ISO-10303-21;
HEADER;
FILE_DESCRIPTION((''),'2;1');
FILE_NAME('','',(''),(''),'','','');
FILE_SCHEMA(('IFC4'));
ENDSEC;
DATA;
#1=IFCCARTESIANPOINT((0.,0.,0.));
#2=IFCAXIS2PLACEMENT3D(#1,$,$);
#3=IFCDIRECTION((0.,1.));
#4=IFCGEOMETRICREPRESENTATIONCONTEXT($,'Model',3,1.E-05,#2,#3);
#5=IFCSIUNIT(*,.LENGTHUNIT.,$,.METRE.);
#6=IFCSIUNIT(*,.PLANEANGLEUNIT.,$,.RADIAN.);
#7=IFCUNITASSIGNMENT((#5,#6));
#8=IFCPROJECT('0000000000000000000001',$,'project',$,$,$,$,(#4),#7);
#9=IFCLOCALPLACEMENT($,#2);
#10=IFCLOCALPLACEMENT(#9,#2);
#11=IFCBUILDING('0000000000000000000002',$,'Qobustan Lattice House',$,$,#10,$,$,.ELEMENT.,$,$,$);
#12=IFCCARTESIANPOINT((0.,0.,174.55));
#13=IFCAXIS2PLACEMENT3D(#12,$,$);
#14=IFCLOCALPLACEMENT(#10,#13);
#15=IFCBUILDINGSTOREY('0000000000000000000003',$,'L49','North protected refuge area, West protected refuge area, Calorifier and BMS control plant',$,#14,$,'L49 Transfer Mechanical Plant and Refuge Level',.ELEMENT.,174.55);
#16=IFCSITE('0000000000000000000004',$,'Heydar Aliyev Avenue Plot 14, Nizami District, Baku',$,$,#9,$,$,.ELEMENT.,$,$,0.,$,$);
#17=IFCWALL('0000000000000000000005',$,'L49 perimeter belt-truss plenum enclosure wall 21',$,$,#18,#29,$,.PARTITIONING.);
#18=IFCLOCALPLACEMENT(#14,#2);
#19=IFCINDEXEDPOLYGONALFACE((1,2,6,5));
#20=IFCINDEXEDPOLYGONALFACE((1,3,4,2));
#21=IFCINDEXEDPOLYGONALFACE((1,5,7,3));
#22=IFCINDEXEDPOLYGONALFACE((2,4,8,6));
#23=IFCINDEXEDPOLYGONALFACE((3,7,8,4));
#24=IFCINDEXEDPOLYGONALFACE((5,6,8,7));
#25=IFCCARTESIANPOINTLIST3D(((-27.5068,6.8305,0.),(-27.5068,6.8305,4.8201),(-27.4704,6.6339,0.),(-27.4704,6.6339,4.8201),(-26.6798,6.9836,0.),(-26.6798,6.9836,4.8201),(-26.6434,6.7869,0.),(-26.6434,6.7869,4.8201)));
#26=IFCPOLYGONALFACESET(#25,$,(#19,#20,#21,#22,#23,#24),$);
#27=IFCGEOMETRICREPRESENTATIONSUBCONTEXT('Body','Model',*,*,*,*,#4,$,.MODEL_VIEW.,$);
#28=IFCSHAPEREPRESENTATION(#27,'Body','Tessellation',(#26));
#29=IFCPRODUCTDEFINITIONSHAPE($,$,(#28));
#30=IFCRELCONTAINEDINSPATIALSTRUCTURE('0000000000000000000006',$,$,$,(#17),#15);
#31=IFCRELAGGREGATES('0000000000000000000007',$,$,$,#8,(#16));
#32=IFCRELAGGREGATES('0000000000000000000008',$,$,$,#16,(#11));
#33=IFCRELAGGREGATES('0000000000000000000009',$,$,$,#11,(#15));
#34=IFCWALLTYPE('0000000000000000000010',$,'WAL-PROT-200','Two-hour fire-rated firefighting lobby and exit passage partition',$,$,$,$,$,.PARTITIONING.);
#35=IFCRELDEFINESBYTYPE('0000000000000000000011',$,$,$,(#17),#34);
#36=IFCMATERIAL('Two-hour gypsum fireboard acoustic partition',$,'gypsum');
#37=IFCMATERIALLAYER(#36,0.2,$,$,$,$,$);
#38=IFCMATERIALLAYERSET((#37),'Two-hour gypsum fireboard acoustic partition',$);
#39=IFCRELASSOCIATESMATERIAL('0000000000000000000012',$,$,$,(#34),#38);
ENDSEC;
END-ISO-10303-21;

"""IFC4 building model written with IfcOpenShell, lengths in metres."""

from ifc_helpers import new_model, si_unit, direction, frame, frame_2d, origin, place, context, subcontext, project, spatial, rectangle, extrude, material, layer, layer_set, type_object, element, save


model = new_model("IFC4")

# Units and contexts
model_context = context("Model", 3, precision=1e-05, world=origin(), true_north=direction((0.0, 1.0)))
body_context = subcontext(model_context, "Body", "Model", "MODEL_VIEW")
ifc_project = project(units=[si_unit("LENGTHUNIT", "METRE"), si_unit("PLANEANGLEUNIT", "RADIAN")], contexts=[model_context])

# Site, building, storey
site_placement = place(None, origin())
site = spatial("IfcSite", under=ifc_project, at=site_placement, Name="Heydar Aliyev Avenue Plot 14, Nizami District, Baku", CompositionType="ELEMENT", RefElevation=0.0)
building_placement = place(site_placement, origin())
building = spatial("IfcBuilding", under=site, at=building_placement, Name="Qobustan Lattice House", CompositionType="ELEMENT")
storey_placement = place(building_placement, frame((0.0, 0.0, 174.55)))
storey = spatial("IfcBuildingStorey", under=building, at=storey_placement, Name="L49", Description="North protected refuge area, West protected refuge area, Calorifier and BMS control plant", LongName="L49 Transfer Mechanical Plant and Refuge Level", CompositionType="ELEMENT", Elevation=174.55)

# Wall
ifc_material_1 = material(Name="Two-hour gypsum fireboard acoustic partition", Category="gypsum")
ifc_layer_1 = layer(ifc_material_1, 0.2)
ifc_layer_set_1 = layer_set([ifc_layer_1], Name="Two-hour gypsum fireboard acoustic partition")
wall_type_1 = type_object("IfcWallType", Name="WAL-PROT-200", Description="Two-hour fire-rated firefighting lobby and exit passage partition", PredefinedType="PARTITIONING", material=ifc_layer_set_1)
wall_1_placement = place(storey_placement, frame((-27.4885, 6.7322, 0.0), z_axis=(0.0, 0.0, 1.0), x_axis=(0.983294, 0.182027, 0.0)))
element("IfcWall", 1, at=wall_1_placement, inside=storey, type_object=wall_type_1, Name="L49 perimeter belt-truss plenum enclosure wall 21", PredefinedType="PARTITIONING", context=body_context, shape_type="SweptSolid", body=[
    extrude(rectangle(XDim=0.8411, YDim=0.2, at=frame_2d((0.4204, 0.0))), origin(), (0.0, 0.0, 1.0), 4.8201),
])

save(model, "model.ifc")
